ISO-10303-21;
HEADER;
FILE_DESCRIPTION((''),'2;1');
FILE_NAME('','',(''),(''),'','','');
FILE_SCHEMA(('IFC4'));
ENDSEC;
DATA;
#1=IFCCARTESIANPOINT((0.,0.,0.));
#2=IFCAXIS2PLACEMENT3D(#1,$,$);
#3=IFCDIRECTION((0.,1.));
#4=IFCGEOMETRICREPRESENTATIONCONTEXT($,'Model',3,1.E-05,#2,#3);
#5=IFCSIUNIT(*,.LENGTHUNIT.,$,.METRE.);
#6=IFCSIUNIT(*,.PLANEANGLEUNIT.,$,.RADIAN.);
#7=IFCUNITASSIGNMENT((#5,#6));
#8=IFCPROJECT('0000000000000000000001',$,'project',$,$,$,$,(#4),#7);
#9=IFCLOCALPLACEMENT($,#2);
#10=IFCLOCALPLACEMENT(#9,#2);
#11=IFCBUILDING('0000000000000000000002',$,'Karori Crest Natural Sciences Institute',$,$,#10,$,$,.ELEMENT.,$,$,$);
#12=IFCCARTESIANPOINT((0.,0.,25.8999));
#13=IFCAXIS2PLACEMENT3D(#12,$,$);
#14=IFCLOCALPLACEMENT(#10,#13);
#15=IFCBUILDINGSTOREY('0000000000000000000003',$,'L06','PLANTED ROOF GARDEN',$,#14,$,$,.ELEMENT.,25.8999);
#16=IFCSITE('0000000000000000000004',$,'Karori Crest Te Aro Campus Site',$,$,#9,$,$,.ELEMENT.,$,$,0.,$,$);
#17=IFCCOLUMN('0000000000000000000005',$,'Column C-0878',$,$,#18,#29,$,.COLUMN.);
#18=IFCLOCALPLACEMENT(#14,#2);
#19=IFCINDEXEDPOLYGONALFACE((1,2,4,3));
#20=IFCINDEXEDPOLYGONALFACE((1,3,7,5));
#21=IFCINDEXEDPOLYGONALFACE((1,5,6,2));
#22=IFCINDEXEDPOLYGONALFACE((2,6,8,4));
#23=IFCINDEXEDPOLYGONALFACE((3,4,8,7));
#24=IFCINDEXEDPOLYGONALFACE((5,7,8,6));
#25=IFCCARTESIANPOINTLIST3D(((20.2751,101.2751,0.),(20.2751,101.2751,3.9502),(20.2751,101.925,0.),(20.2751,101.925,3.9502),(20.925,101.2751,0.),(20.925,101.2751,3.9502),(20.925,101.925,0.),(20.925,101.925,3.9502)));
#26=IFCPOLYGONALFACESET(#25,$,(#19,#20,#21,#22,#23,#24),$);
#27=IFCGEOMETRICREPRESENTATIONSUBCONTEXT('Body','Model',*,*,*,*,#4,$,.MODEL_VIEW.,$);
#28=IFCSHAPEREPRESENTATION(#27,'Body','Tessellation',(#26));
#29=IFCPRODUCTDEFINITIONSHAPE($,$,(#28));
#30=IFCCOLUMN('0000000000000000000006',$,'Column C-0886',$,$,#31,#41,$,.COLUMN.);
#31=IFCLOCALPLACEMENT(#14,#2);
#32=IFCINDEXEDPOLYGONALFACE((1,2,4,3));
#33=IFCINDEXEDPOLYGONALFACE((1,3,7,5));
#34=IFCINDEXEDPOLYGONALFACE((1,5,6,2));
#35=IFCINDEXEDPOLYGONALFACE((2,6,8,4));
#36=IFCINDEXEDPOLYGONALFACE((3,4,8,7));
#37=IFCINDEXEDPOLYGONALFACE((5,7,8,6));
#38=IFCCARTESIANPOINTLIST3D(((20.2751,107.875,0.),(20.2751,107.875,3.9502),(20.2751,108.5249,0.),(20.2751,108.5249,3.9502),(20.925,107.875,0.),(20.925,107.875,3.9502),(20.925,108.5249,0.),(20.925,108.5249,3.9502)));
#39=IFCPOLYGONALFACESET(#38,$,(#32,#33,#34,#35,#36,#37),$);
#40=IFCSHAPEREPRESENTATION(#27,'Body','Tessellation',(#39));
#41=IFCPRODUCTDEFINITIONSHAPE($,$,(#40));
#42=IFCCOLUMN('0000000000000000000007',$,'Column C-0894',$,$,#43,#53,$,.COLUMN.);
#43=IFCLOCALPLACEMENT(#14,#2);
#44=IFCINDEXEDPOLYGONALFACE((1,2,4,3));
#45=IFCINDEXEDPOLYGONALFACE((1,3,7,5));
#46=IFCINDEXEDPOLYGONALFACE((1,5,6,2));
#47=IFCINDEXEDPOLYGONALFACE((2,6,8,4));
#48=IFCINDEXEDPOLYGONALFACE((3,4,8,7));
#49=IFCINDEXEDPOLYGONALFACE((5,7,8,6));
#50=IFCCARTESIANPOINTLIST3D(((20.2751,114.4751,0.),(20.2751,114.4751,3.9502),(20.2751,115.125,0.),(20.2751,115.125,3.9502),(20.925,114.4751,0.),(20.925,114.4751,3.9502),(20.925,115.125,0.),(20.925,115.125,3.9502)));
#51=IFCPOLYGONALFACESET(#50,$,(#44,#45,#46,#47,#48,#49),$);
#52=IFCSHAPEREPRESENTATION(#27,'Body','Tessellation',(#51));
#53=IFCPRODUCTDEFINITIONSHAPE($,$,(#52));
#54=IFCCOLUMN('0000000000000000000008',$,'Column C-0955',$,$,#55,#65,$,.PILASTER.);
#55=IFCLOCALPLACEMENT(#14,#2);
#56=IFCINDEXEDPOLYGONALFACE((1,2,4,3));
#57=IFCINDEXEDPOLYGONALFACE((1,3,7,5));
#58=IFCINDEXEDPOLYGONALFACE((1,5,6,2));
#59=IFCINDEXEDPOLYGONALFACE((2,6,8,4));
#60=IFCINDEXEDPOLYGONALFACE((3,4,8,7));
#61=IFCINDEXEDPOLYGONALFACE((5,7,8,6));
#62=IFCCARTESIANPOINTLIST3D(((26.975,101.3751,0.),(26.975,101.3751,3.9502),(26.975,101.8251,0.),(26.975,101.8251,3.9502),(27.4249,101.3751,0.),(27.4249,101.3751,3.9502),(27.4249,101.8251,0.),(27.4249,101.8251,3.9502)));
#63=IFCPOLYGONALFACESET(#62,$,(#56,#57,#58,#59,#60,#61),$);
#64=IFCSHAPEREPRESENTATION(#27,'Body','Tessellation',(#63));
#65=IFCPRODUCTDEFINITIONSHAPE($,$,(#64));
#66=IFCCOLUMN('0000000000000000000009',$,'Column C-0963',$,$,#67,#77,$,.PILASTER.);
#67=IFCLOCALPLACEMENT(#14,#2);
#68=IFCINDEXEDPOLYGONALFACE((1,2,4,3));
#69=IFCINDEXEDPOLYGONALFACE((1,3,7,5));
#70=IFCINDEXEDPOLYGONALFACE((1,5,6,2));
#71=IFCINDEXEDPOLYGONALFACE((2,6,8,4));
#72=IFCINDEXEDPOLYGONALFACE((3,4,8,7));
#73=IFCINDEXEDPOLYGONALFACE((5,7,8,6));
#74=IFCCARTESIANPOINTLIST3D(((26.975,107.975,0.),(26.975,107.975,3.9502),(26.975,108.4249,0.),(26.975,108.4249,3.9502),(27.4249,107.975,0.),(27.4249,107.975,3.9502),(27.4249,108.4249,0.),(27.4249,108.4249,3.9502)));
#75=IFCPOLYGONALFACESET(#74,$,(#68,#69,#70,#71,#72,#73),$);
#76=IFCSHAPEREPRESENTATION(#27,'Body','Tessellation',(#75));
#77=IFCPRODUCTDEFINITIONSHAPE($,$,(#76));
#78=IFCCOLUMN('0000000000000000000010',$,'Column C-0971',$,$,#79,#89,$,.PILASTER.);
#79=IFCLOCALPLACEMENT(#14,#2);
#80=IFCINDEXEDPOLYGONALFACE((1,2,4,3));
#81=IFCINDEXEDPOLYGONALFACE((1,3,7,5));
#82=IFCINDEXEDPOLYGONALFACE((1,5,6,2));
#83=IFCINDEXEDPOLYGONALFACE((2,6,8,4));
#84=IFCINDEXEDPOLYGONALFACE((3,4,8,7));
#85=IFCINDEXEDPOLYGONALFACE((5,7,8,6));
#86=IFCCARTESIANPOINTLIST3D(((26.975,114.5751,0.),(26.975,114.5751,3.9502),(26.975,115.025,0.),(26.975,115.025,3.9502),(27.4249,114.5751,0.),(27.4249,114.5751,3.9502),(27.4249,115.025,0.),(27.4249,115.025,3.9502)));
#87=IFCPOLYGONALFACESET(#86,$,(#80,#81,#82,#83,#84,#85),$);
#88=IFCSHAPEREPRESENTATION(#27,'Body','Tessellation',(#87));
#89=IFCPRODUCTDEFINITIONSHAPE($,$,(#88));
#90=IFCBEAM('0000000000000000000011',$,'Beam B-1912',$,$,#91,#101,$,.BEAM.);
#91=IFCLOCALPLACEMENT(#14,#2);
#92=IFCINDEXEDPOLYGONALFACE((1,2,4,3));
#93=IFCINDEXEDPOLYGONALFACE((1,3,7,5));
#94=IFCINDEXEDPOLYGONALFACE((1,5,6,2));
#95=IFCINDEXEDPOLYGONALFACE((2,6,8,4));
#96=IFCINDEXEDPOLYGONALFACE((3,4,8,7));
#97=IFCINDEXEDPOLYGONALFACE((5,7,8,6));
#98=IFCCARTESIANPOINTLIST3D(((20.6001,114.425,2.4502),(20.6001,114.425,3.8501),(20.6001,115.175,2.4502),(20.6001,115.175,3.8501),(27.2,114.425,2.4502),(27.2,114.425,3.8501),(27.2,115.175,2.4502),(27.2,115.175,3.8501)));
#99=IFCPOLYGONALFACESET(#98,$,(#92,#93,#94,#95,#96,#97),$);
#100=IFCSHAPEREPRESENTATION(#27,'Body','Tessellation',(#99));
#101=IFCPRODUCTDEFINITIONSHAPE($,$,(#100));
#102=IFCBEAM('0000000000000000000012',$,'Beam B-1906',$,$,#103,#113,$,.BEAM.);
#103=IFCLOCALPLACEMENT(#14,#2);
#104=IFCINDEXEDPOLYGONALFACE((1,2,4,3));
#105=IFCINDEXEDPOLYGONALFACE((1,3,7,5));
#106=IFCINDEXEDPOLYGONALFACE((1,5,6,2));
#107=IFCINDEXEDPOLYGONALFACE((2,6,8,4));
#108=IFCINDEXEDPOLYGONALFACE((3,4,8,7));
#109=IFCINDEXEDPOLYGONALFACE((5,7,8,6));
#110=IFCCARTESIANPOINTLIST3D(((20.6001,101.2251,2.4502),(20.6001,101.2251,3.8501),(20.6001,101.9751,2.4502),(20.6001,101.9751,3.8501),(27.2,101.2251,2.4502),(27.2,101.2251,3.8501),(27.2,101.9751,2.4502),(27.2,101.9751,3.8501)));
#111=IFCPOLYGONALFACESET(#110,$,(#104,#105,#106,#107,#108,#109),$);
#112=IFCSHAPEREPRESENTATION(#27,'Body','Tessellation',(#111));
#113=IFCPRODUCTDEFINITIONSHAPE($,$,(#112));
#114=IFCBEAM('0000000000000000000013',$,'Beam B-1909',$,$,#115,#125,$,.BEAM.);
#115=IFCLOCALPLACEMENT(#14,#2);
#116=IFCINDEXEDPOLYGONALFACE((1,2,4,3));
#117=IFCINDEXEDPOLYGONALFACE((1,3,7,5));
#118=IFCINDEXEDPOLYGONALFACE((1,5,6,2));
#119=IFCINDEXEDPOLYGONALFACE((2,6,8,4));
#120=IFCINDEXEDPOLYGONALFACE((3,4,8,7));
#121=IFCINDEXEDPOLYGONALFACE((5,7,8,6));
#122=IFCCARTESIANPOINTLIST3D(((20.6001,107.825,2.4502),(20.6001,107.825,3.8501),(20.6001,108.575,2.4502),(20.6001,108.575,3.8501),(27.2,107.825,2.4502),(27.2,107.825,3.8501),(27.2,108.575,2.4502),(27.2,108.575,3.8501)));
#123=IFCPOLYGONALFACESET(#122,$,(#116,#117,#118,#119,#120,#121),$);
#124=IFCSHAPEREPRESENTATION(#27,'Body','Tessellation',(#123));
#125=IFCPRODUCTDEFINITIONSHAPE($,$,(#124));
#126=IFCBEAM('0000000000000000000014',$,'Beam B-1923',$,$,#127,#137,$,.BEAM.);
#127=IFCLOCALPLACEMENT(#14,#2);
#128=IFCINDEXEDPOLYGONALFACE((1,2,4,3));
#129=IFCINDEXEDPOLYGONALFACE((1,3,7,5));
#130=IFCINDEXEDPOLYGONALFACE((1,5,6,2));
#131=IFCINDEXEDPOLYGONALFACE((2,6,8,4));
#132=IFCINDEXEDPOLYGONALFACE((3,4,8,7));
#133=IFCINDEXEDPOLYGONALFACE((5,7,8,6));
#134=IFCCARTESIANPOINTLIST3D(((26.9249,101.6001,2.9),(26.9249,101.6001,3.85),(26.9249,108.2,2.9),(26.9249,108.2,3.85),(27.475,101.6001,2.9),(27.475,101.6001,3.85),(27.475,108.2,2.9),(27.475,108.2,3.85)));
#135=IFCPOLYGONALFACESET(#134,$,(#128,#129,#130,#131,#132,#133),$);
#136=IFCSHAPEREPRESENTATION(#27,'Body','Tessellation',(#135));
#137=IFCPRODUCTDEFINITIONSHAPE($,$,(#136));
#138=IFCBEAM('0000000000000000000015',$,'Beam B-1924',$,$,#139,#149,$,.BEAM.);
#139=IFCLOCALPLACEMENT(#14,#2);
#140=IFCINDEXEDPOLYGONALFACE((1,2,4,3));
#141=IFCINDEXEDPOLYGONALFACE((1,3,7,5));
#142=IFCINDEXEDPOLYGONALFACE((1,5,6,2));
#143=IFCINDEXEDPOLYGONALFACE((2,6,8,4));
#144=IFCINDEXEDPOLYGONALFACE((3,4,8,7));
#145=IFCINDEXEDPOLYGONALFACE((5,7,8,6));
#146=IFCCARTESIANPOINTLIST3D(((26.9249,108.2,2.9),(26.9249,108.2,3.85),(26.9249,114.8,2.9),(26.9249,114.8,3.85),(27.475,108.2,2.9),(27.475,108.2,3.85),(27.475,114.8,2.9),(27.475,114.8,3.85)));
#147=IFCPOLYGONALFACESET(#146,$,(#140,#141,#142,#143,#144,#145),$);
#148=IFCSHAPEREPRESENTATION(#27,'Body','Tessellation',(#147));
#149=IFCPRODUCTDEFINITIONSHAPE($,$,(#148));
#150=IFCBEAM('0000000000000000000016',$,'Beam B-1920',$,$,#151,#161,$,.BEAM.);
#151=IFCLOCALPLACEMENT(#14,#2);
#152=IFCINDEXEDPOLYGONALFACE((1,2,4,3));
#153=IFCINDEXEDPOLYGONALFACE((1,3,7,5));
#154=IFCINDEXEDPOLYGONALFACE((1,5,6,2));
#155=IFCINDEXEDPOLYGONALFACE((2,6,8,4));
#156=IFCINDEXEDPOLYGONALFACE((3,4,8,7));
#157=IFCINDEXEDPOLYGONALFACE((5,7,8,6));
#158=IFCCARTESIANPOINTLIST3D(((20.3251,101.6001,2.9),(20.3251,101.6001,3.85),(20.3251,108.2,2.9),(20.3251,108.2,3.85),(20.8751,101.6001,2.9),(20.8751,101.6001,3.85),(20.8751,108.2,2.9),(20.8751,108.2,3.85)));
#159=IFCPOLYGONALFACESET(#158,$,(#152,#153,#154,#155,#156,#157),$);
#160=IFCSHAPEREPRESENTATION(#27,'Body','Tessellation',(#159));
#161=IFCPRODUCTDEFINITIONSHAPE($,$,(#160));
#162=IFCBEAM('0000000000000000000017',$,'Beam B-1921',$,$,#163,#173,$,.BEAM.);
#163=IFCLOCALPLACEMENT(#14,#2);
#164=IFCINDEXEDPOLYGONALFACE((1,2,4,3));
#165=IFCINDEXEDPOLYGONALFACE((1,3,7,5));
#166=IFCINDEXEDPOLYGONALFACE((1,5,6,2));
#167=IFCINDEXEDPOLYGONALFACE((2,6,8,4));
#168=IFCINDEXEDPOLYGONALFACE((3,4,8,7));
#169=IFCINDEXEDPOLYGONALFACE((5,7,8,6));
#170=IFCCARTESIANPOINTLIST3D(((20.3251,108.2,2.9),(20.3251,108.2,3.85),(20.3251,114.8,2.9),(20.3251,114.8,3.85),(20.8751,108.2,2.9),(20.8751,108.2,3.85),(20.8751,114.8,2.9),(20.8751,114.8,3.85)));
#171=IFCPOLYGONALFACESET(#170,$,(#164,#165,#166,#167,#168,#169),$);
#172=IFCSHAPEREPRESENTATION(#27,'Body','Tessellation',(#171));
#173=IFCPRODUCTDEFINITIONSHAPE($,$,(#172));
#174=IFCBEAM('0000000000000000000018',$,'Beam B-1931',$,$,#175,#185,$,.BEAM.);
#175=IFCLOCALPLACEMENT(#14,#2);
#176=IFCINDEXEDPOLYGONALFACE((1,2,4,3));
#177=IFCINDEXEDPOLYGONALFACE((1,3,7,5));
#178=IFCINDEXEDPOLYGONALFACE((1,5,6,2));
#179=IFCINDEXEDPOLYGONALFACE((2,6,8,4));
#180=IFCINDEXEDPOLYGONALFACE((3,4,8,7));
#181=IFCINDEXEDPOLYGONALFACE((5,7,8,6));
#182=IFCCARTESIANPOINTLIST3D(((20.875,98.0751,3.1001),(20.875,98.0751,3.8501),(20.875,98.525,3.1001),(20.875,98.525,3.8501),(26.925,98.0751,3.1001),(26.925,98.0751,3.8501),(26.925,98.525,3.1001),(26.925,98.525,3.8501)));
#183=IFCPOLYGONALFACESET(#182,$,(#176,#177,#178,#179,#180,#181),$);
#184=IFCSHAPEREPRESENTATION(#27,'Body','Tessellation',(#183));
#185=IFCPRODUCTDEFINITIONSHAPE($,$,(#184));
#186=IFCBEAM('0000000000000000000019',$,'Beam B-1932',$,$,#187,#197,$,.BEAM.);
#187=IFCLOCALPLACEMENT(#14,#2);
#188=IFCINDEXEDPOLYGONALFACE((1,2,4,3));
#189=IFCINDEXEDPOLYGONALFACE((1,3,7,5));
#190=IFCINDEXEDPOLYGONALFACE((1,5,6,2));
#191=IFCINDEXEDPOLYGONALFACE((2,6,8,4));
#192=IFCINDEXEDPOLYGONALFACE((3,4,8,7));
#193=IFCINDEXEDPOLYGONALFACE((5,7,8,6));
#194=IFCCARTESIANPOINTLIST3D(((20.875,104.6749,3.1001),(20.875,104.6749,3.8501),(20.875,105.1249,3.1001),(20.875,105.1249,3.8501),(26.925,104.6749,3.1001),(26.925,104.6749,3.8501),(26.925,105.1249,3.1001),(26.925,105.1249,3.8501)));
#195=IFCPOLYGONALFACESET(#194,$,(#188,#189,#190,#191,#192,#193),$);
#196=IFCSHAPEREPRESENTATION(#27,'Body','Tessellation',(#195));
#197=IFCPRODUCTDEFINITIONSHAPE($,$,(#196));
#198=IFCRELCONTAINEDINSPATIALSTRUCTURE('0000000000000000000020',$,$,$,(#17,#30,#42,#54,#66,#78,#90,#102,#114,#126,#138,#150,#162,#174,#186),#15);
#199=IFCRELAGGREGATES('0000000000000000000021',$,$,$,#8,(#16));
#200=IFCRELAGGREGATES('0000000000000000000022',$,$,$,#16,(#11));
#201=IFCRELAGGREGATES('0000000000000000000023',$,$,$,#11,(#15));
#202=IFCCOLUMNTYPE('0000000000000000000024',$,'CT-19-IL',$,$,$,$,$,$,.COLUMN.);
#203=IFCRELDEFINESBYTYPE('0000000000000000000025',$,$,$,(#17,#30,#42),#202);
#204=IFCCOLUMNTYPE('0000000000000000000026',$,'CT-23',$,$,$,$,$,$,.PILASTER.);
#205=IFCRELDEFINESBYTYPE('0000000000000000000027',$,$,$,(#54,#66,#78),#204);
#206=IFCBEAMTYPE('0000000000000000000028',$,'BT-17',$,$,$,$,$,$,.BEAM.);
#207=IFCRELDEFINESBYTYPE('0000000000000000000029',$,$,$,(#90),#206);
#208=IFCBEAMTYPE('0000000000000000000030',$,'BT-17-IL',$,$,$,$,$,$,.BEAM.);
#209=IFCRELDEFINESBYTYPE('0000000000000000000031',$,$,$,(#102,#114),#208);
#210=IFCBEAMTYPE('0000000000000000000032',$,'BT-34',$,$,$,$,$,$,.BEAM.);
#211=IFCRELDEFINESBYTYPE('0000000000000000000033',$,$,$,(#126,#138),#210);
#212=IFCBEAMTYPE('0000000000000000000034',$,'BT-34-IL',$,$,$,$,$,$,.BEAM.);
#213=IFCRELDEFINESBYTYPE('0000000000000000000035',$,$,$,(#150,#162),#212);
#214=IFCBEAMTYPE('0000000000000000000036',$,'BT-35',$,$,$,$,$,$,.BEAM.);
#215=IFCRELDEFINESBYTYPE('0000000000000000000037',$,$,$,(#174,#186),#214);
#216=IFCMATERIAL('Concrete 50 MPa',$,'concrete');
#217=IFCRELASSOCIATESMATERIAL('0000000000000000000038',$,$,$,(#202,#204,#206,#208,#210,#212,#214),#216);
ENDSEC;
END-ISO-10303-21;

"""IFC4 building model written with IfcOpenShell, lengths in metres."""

from ifc_helpers import new_model, si_unit, direction, frame, origin, origin_2d, place, context, subcontext, project, spatial, rectangle, extrude, material, material_profile, profile_set, type_object, element, save


model = new_model("IFC4")

# Units and contexts
model_context = context("Model", 3, precision=1e-05, world=origin(), true_north=direction((0.0, 1.0)))
body_context = subcontext(model_context, "Body", "Model", "MODEL_VIEW")
ifc_project = project(units=[si_unit("LENGTHUNIT", "METRE"), si_unit("PLANEANGLEUNIT", "RADIAN")], contexts=[model_context])

# Site, building, storey
site_placement = place(None, origin())
site = spatial("IfcSite", under=ifc_project, at=site_placement, Name="Karori Crest Te Aro Campus Site", CompositionType="ELEMENT", RefElevation=0.0)
building_placement = place(site_placement, origin())
building = spatial("IfcBuilding", under=site, at=building_placement, Name="Karori Crest Natural Sciences Institute", CompositionType="ELEMENT")
storey_placement = place(building_placement, frame((0.0, 0.0, 25.8999)))
storey = spatial("IfcBuildingStorey", under=building, at=storey_placement, Name="L06", Description="PLANTED ROOF GARDEN", CompositionType="ELEMENT", Elevation=25.8999)

# Columns
ifc_material_1 = material(Name="Concrete 50 MPa", Category="concrete")
ifc_material_profile_1 = material_profile(ifc_material_1, rectangle(XDim=0.6499, YDim=0.6499, at=origin_2d()), Name="RC650x650")
ifc_profile_set_1 = profile_set([ifc_material_profile_1], Name="Concrete 50 MPa")
column_type_1 = type_object("IfcColumnType", Name="CT-19-IL", PredefinedType="COLUMN", material=ifc_profile_set_1)
for number, where, z_axis, x_axis, name in (
    (1, (20.6001, 101.6001, 0.0), (0.0, 0.0, 1.0), (1.0, 0.0, 0.0), "Column C-0878"),
    (2, (20.6001, 108.2, 0.0), (0.0, 0.0, 1.0), (1.0, 0.0, 0.0), "Column C-0886"),
    (3, (20.6001, 114.8, 0.0), (0.0, 0.0, 1.0), (1.0, 0.0, 0.0), "Column C-0894"),
):
    element("IfcColumn", number, at=place(storey_placement, frame(where, z_axis=z_axis, x_axis=x_axis)), inside=storey, type_object=column_type_1, Name=name, PredefinedType="COLUMN", context=body_context, shape_type="SweptSolid", body=[
        extrude(rectangle(XDim=0.6499, YDim=0.6499, at=origin_2d()), origin(), (0.0, 0.0, 1.0), 3.9502),
    ])
ifc_material_profile_2 = material_profile(ifc_material_1, rectangle(XDim=0.45, YDim=0.45, at=origin_2d()), Name="RC450x450")
ifc_profile_set_2 = profile_set([ifc_material_profile_2], Name="Concrete 50 MPa")
column_type_2 = type_object("IfcColumnType", Name="CT-23", PredefinedType="PILASTER", material=ifc_profile_set_2)
for number, where, z_axis, x_axis, name in (
    (4, (27.2, 101.6001, 0.0), (0.0, 0.0, 1.0), (1.0, 0.0, 0.0), "Column C-0955"),
    (5, (27.2, 108.2, 0.0), (0.0, 0.0, 1.0), (1.0, 0.0, 0.0), "Column C-0963"),
    (6, (27.2, 114.8, 0.0), (0.0, 0.0, 1.0), (1.0, 0.0, 0.0), "Column C-0971"),
):
    element("IfcColumn", number, at=place(storey_placement, frame(where, z_axis=z_axis, x_axis=x_axis)), inside=storey, type_object=column_type_2, Name=name, PredefinedType="PILASTER", context=body_context, shape_type="SweptSolid", body=[
        extrude(rectangle(XDim=0.45, YDim=0.45, at=origin_2d()), origin(), (0.0, 0.0, 1.0), 3.9502),
    ])

# Beams
ifc_material_profile_3 = material_profile(ifc_material_1, rectangle(XDim=0.75, YDim=1.3999, at=origin_2d()), Name="RCB750x1400")
ifc_profile_set_3 = profile_set([ifc_material_profile_3], Name="Concrete 50 MPa")
beam_type_1 = type_object("IfcBeamType", Name="BT-17", PredefinedType="BEAM", material=ifc_profile_set_3)
beam_1_placement = place(storey_placement, frame((20.6001, 114.8, 3.1501), z_axis=(1.0, 0.0, 0.0), x_axis=(0.0, 1.0, 0.0)))
element("IfcBeam", 7, at=beam_1_placement, inside=storey, type_object=beam_type_1, Name="Beam B-1912", PredefinedType="BEAM", context=body_context, shape_type="SweptSolid", body=[
    extrude(rectangle(XDim=0.75, YDim=1.3999, at=origin_2d()), origin(), (0.0, 0.0, 1.0), 6.5999),
])
ifc_material_profile_4 = material_profile(ifc_material_1, rectangle(XDim=0.75, YDim=1.3999, at=origin_2d()), Name="RCB750x1400")
ifc_profile_set_4 = profile_set([ifc_material_profile_4], Name="Concrete 50 MPa")
beam_type_2 = type_object("IfcBeamType", Name="BT-17-IL", PredefinedType="BEAM", material=ifc_profile_set_4)
for number, where, z_axis, x_axis, name in (
    (8, (20.6001, 101.6001, 3.1501), (1.0, 0.0, 0.0), (0.0, 1.0, 0.0), "Beam B-1906"),
    (9, (20.6001, 108.2, 3.1501), (1.0, 0.0, 0.0), (0.0, 1.0, 0.0), "Beam B-1909"),
):
    element("IfcBeam", number, at=place(storey_placement, frame(where, z_axis=z_axis, x_axis=x_axis)), inside=storey, type_object=beam_type_2, Name=name, PredefinedType="BEAM", context=body_context, shape_type="SweptSolid", body=[
        extrude(rectangle(XDim=0.75, YDim=1.3999, at=origin_2d()), origin(), (0.0, 0.0, 1.0), 6.5999),
    ])
ifc_material_profile_5 = material_profile(ifc_material_1, rectangle(XDim=0.55, YDim=0.95, at=origin_2d()), Name="RCB550x950")
ifc_profile_set_5 = profile_set([ifc_material_profile_5], Name="Concrete 50 MPa")
beam_type_3 = type_object("IfcBeamType", Name="BT-34", PredefinedType="BEAM", material=ifc_profile_set_5)
beam_2_placement = place(storey_placement, frame((27.2, 101.6001, 3.375), z_axis=(0.0, 1.0, 0.0), x_axis=(-1.0, 0.0, 0.0)))
element("IfcBeam", 10, at=beam_2_placement, inside=storey, type_object=beam_type_3, Name="Beam B-1923", PredefinedType="BEAM", context=body_context, shape_type="SweptSolid", body=[
    extrude(rectangle(XDim=0.55, YDim=0.95, at=origin_2d()), origin(), (0.0, 0.0, 1.0), 6.5999),
])
beam_3_placement = place(storey_placement, frame((27.2, 108.2, 3.375), z_axis=(0.0, 1.0, 0.0), x_axis=(-1.0, 0.0, 0.0)))
element("IfcBeam", 11, at=beam_3_placement, inside=storey, type_object=beam_type_3, Name="Beam B-1924", PredefinedType="BEAM", context=body_context, shape_type="SweptSolid", body=[
    extrude(rectangle(XDim=0.55, YDim=0.95, at=origin_2d()), origin(), (0.0, 0.0, 1.0), 6.6001),
])
ifc_material_profile_6 = material_profile(ifc_material_1, rectangle(XDim=0.55, YDim=0.95, at=origin_2d()), Name="RCB550x950")
ifc_profile_set_6 = profile_set([ifc_material_profile_6], Name="Concrete 50 MPa")
beam_type_4 = type_object("IfcBeamType", Name="BT-34-IL", PredefinedType="BEAM", material=ifc_profile_set_6)
beam_4_placement = place(storey_placement, frame((20.6001, 101.6001, 3.375), z_axis=(0.0, 1.0, 0.0), x_axis=(-1.0, 0.0, 0.0)))
element("IfcBeam", 12, at=beam_4_placement, inside=storey, type_object=beam_type_4, Name="Beam B-1920", PredefinedType="BEAM", context=body_context, shape_type="SweptSolid", body=[
    extrude(rectangle(XDim=0.55, YDim=0.95, at=origin_2d()), origin(), (0.0, 0.0, 1.0), 6.5999),
])
beam_5_placement = place(storey_placement, frame((20.6001, 108.2, 3.375), z_axis=(0.0, 1.0, 0.0), x_axis=(-1.0, 0.0, 0.0)))
element("IfcBeam", 13, at=beam_5_placement, inside=storey, type_object=beam_type_4, Name="Beam B-1921", PredefinedType="BEAM", context=body_context, shape_type="SweptSolid", body=[
    extrude(rectangle(XDim=0.55, YDim=0.95, at=origin_2d()), origin(), (0.0, 0.0, 1.0), 6.6001),
])
ifc_material_profile_7 = material_profile(ifc_material_1, rectangle(XDim=0.45, YDim=0.75, at=origin_2d()), Name="RCB450x750")
ifc_profile_set_7 = profile_set([ifc_material_profile_7], Name="Concrete 50 MPa")
beam_type_5 = type_object("IfcBeamType", Name="BT-35", PredefinedType="BEAM", material=ifc_profile_set_7)
for number, where, z_axis, x_axis, name in (
    (14, (20.875, 98.3, 3.4751), (1.0, 0.0, 0.0), (0.0, 1.0, 0.0), "Beam B-1931"),
    (15, (20.875, 104.8999, 3.4751), (1.0, 0.0, 0.0), (0.0, 1.0, 0.0), "Beam B-1932"),
):
    element("IfcBeam", number, at=place(storey_placement, frame(where, z_axis=z_axis, x_axis=x_axis)), inside=storey, type_object=beam_type_5, Name=name, PredefinedType="BEAM", context=body_context, shape_type="SweptSolid", body=[
        extrude(rectangle(XDim=0.45, YDim=0.75, at=origin_2d()), origin(), (0.0, 0.0, 1.0), 6.05),
    ])

save(model, "model.ifc")
